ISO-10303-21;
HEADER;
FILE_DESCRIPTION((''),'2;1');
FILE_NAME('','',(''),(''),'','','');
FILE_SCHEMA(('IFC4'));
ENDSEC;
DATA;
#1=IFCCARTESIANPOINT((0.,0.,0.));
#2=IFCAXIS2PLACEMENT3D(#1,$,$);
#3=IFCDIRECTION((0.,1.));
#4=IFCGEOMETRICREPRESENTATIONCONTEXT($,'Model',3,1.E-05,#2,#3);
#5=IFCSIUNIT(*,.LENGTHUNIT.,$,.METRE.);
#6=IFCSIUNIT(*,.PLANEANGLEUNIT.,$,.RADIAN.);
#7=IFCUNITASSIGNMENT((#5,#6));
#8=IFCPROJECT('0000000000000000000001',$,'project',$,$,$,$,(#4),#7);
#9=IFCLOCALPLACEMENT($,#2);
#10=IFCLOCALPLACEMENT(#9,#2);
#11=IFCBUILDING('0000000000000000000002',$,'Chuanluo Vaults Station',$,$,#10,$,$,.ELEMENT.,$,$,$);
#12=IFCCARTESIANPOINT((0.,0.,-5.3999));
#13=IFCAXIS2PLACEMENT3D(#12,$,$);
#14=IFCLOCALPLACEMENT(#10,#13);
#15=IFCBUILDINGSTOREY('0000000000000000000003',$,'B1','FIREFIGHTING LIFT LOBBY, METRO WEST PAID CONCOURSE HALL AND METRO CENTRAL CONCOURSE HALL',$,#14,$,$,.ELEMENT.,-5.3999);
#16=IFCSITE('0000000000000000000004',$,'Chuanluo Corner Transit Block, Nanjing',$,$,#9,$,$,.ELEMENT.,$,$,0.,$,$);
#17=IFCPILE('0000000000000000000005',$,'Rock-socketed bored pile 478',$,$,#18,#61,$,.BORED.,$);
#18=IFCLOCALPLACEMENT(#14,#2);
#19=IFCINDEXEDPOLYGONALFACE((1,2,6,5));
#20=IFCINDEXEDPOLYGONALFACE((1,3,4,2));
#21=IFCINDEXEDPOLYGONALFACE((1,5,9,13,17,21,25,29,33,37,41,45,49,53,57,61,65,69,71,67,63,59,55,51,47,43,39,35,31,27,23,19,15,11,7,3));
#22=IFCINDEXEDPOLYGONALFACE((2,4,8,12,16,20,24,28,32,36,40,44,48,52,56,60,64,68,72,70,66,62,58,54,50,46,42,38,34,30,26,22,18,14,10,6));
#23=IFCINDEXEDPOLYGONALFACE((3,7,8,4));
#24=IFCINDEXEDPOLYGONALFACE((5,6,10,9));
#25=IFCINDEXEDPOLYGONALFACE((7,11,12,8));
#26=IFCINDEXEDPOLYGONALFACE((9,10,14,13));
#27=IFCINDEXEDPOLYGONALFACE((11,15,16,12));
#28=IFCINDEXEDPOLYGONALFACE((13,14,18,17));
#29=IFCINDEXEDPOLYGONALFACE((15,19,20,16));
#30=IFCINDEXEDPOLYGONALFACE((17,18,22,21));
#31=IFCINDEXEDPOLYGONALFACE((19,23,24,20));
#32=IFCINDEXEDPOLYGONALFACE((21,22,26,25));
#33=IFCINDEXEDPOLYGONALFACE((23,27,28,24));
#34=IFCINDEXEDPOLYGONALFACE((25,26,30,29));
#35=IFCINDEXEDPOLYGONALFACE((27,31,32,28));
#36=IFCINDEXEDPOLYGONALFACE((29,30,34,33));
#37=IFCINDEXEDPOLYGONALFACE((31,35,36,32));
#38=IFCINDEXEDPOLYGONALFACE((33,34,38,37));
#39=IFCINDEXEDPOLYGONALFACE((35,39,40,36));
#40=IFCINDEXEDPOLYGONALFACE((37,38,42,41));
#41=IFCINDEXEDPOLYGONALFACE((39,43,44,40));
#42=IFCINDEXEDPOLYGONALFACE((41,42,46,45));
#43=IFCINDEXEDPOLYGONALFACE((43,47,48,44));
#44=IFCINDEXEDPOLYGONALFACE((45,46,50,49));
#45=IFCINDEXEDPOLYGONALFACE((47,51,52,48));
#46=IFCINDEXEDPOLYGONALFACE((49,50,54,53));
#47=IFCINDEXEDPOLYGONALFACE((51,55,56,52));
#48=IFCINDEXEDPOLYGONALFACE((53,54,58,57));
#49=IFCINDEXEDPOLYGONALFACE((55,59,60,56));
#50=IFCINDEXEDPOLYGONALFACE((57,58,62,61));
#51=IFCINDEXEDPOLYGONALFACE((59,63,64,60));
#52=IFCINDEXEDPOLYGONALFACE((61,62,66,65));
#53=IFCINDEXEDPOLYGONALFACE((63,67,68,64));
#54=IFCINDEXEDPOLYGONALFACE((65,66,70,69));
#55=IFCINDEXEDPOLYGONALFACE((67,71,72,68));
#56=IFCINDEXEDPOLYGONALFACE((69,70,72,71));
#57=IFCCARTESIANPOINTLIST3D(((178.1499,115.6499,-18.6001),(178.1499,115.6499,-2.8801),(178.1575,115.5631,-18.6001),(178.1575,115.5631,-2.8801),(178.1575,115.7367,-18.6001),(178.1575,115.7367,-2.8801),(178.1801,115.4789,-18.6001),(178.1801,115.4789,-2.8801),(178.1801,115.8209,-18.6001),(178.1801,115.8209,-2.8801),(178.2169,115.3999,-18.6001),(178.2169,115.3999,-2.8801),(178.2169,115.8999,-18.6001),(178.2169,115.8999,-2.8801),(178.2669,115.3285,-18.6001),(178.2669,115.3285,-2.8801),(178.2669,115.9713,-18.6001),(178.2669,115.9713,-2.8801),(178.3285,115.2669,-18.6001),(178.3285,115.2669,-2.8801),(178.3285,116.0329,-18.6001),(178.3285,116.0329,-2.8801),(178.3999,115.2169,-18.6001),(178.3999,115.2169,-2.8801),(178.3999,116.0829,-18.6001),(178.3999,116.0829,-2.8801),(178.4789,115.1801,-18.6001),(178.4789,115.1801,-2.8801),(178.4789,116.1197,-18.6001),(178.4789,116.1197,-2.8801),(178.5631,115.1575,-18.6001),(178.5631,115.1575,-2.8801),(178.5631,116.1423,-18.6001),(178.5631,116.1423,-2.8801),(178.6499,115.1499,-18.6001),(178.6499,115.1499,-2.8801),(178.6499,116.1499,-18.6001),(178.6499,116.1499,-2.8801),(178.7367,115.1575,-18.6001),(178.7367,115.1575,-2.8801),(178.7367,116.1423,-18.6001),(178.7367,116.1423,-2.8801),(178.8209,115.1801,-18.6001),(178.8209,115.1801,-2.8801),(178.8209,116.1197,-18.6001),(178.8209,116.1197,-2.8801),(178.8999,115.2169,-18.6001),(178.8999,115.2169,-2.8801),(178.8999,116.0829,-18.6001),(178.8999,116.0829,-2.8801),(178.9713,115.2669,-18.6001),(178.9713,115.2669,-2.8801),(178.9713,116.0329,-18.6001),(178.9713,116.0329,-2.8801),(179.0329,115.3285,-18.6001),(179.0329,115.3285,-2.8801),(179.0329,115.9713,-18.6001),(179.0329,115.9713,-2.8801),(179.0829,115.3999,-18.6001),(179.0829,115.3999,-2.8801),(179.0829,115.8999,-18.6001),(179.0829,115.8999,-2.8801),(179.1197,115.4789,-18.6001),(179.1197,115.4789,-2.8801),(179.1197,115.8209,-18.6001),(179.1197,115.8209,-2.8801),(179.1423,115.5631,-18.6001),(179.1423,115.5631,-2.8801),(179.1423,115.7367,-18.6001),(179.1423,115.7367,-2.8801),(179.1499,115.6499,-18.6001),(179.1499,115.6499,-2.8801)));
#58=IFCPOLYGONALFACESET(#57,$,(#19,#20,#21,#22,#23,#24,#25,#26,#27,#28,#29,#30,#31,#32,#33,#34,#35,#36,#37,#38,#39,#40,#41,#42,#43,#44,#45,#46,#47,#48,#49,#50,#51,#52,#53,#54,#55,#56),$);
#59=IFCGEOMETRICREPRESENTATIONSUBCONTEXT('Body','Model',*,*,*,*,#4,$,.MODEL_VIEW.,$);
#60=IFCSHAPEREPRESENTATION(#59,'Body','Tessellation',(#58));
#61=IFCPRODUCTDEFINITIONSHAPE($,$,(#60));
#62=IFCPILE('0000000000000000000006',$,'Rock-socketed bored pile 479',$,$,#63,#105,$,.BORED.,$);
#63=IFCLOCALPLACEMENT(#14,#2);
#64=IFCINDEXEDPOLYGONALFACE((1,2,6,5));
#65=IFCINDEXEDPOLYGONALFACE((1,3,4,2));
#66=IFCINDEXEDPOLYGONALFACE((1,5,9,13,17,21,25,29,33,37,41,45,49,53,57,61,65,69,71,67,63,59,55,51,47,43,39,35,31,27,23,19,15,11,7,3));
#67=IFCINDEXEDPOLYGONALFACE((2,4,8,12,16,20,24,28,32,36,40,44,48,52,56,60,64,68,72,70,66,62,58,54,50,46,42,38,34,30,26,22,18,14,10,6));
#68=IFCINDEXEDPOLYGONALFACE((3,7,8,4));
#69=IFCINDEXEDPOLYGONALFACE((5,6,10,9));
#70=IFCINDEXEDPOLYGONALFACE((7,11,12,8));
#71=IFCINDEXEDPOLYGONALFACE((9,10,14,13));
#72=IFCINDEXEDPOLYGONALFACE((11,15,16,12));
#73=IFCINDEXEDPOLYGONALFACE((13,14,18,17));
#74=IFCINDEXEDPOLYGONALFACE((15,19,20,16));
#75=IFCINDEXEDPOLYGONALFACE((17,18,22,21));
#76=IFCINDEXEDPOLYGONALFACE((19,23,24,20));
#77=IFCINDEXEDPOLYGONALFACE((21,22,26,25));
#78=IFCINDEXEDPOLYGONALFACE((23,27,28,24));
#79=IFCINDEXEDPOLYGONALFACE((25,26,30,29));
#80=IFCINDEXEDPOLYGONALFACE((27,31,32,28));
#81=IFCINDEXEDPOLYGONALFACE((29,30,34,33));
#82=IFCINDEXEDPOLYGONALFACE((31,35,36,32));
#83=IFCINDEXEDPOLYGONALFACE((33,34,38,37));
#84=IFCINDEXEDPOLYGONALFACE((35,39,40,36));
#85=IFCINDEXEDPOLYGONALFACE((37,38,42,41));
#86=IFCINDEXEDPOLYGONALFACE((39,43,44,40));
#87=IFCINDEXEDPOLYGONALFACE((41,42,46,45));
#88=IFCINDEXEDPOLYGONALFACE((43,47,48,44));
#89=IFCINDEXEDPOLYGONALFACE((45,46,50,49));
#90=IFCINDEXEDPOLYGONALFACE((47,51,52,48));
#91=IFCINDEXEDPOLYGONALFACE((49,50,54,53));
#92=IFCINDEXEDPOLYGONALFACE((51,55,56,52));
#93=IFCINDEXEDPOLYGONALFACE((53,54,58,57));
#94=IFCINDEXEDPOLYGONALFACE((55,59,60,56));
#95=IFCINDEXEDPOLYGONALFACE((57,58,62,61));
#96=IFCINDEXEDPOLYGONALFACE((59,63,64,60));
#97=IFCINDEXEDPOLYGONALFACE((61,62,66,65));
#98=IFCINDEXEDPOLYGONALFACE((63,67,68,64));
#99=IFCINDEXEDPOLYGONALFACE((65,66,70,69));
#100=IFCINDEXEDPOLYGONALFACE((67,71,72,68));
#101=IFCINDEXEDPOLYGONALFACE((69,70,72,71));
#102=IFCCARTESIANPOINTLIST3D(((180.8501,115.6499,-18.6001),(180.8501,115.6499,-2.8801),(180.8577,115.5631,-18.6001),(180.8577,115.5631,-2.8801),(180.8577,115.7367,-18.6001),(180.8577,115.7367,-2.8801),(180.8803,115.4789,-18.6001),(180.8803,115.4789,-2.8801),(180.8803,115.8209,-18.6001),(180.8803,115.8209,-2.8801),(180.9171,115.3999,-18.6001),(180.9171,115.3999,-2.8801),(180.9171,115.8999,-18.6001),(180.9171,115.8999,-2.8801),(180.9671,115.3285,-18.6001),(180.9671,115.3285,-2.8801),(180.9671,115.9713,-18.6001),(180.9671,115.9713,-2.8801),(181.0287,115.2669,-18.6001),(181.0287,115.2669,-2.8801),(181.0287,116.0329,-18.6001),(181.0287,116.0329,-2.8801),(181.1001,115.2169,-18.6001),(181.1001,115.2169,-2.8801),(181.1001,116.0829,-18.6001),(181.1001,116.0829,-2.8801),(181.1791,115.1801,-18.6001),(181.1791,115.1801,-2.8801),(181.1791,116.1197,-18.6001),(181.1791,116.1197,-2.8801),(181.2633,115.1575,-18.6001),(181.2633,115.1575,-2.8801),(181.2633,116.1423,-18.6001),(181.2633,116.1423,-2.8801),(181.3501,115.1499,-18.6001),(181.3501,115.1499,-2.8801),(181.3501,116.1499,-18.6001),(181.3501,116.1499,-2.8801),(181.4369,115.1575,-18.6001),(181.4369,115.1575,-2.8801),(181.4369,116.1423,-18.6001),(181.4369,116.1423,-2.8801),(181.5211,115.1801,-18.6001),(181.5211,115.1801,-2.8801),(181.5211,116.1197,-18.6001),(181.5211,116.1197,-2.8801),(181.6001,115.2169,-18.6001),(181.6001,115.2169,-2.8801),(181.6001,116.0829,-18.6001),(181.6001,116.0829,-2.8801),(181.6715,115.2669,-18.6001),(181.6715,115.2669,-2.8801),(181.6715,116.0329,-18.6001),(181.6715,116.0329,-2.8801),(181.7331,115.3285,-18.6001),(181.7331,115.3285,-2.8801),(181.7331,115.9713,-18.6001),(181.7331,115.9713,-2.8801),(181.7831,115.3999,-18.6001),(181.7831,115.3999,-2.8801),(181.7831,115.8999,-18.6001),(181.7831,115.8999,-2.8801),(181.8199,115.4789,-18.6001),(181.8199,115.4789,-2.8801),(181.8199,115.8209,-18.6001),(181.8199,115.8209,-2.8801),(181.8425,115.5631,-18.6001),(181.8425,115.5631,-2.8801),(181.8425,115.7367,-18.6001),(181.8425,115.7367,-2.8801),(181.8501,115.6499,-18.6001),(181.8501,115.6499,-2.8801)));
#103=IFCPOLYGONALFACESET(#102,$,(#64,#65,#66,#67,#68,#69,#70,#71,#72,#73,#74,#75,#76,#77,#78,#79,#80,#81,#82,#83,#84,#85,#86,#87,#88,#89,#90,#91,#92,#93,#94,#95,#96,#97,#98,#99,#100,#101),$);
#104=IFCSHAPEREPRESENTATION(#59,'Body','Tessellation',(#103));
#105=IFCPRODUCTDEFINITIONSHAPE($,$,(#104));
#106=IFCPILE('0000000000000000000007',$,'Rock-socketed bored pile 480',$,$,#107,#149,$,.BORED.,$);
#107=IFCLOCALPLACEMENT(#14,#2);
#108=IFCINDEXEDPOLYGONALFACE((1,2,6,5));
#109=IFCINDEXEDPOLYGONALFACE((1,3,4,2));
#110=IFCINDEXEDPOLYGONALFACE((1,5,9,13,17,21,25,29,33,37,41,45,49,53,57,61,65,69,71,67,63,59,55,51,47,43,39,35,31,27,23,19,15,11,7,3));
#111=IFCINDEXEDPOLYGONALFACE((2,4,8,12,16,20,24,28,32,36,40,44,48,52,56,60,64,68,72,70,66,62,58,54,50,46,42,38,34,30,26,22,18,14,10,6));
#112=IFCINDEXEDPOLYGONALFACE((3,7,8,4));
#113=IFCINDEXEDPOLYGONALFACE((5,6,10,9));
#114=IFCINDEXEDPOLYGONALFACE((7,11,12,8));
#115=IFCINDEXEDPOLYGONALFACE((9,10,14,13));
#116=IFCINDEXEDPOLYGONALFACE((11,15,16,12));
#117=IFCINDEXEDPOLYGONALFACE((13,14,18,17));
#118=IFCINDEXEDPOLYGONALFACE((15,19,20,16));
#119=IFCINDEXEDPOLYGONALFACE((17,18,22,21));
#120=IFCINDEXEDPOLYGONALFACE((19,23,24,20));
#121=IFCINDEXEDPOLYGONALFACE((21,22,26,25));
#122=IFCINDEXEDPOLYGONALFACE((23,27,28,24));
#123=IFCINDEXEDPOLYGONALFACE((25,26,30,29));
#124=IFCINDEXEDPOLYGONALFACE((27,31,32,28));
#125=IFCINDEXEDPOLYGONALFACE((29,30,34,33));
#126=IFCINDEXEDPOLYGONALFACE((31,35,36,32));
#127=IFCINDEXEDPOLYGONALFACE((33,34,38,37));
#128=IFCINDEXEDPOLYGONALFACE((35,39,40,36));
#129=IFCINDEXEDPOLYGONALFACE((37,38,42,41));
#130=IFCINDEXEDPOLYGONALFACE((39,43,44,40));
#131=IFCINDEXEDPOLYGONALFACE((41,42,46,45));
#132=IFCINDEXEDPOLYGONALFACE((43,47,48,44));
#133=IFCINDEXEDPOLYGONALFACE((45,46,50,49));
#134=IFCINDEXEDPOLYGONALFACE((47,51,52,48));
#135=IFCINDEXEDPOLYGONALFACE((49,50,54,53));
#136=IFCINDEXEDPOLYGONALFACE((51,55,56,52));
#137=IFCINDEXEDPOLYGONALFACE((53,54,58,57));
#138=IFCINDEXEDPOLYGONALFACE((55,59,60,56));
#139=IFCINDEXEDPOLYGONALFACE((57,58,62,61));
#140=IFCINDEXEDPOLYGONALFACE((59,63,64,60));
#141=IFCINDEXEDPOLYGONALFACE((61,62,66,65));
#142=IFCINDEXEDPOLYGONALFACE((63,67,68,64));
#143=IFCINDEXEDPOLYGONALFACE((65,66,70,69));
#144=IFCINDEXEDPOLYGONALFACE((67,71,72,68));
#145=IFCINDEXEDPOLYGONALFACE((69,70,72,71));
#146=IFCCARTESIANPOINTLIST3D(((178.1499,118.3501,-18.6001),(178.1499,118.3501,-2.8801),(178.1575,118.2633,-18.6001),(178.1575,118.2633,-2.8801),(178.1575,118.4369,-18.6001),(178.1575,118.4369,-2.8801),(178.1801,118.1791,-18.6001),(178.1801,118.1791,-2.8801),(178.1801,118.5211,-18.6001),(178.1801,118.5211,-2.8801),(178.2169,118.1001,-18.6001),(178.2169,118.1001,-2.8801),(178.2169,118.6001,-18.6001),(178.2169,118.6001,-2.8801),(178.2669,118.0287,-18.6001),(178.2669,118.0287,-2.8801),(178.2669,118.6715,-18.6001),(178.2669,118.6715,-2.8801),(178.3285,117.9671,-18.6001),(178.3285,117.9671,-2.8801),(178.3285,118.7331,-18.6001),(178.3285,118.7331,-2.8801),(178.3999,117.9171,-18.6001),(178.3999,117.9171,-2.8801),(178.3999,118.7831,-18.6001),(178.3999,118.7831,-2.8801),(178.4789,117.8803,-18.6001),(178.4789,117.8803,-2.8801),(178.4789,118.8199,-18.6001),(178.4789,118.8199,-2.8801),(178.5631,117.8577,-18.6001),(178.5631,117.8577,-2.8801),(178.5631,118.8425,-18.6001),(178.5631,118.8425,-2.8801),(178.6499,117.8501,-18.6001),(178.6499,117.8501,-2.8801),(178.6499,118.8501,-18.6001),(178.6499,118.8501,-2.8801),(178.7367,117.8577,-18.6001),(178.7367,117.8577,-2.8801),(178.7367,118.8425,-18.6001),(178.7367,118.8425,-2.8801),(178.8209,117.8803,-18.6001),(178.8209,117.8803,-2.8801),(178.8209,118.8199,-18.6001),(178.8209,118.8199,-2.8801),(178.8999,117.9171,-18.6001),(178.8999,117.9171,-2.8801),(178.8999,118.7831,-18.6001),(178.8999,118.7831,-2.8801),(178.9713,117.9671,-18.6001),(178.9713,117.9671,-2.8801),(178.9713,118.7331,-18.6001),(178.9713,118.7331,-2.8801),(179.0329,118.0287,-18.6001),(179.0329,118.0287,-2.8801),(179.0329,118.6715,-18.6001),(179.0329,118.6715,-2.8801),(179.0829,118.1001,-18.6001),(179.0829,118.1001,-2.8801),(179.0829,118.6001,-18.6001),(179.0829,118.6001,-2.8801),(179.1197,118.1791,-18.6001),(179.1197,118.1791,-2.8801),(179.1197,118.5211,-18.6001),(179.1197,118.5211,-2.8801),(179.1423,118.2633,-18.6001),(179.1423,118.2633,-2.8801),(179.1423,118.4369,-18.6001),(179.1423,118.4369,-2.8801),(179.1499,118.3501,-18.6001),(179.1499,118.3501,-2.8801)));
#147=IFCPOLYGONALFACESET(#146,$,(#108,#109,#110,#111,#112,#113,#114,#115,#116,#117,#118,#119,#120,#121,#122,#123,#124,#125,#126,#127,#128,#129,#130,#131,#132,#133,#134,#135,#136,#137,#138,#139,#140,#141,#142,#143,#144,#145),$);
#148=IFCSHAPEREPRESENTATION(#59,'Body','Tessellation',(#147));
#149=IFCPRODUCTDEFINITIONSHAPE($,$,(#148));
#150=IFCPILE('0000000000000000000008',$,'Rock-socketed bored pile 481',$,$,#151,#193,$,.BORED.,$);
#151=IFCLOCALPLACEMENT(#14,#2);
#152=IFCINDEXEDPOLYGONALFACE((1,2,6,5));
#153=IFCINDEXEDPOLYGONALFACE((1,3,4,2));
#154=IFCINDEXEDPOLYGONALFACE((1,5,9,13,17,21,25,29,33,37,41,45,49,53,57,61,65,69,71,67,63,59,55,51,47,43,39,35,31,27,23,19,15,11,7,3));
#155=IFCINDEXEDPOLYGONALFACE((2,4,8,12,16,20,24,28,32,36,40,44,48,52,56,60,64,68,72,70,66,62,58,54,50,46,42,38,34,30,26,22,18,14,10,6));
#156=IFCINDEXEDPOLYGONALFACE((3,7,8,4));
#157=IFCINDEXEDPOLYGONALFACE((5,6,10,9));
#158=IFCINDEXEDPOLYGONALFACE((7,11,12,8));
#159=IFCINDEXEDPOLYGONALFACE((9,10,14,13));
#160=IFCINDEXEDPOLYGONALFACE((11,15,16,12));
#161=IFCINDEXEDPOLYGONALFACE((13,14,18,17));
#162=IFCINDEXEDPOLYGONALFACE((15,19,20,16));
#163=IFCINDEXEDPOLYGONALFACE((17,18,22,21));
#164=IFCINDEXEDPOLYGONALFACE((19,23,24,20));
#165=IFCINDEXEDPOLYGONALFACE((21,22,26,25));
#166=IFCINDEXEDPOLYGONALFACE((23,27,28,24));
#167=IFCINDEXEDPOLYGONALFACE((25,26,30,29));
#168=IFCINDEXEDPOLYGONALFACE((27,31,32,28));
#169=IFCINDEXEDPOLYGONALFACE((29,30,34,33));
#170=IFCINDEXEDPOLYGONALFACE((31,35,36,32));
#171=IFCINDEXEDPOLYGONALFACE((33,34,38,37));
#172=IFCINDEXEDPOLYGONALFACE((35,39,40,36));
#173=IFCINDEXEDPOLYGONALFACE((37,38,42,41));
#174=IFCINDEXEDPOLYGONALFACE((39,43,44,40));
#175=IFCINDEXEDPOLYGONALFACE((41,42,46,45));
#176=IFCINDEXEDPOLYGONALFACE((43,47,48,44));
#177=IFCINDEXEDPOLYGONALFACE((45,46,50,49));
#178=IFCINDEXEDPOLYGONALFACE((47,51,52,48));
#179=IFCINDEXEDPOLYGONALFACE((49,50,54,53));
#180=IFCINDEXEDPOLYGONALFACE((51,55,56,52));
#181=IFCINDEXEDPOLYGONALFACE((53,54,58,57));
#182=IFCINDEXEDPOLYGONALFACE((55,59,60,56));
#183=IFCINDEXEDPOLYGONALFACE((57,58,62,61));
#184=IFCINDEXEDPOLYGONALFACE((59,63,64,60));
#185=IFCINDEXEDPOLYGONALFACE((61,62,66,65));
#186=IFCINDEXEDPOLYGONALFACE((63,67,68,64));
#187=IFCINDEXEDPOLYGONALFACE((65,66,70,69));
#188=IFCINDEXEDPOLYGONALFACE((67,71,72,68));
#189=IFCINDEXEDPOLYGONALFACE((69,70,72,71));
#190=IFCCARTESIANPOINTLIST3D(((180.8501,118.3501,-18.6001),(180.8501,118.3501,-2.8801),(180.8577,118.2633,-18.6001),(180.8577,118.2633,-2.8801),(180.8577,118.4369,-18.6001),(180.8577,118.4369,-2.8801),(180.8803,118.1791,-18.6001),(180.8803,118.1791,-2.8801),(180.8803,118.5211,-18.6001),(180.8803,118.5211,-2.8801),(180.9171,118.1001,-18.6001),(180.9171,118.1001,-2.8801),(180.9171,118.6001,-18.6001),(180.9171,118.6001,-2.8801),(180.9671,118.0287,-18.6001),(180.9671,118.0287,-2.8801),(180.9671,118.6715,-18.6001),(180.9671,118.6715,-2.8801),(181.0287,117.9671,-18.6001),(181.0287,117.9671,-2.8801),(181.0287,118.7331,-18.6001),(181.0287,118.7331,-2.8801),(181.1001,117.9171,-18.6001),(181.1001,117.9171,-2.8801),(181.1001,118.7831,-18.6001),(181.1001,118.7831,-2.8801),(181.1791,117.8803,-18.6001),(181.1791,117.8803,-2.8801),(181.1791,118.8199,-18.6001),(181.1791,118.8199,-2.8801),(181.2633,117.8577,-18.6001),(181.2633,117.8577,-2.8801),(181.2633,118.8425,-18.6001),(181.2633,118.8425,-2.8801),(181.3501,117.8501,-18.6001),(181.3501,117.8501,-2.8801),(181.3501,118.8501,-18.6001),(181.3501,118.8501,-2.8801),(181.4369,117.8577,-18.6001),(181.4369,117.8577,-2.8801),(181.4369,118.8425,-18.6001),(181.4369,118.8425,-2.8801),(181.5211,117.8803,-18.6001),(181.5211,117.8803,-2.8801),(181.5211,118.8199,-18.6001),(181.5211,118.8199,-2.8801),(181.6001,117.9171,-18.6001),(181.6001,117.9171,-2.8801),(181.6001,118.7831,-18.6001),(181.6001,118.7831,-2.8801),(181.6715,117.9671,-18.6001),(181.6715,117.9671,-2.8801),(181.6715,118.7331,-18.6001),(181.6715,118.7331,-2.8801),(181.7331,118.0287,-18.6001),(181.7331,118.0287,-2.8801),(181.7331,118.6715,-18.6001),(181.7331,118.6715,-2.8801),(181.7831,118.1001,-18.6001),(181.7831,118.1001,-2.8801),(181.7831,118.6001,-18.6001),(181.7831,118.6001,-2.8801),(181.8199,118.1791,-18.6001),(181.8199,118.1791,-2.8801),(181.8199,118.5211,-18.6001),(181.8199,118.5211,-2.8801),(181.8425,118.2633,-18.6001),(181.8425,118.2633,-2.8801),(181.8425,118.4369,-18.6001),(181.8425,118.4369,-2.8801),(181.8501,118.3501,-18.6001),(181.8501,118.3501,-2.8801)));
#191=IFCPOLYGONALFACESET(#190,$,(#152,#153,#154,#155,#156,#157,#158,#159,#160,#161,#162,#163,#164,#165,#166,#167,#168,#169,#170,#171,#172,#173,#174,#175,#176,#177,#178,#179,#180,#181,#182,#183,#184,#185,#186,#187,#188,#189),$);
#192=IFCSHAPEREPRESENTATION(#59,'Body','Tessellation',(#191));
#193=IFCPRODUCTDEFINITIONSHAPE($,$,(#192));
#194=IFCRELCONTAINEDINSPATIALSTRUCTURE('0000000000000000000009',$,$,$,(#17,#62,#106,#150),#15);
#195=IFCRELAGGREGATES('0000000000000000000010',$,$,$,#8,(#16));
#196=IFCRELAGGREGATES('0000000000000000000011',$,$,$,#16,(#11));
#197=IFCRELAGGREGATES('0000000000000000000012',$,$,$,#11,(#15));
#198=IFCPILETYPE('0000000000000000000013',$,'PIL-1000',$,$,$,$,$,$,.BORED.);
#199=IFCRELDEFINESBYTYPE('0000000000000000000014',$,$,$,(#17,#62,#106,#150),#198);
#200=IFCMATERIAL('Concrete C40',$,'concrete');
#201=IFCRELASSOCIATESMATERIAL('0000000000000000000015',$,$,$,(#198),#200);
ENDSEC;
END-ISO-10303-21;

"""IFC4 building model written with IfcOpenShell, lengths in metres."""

from ifc_helpers import new_model, si_unit, direction, frame, origin, origin_2d, place, context, subcontext, project, spatial, circle, extrude, material, material_profile, profile_set, type_object, element, save


model = new_model("IFC4")

# Units and contexts
model_context = context("Model", 3, precision=1e-05, world=origin(), true_north=direction((0.0, 1.0)))
body_context = subcontext(model_context, "Body", "Model", "MODEL_VIEW")
ifc_project = project(units=[si_unit("LENGTHUNIT", "METRE"), si_unit("PLANEANGLEUNIT", "RADIAN")], contexts=[model_context])

# Site, building, storey
site_placement = place(None, origin())
site = spatial("IfcSite", under=ifc_project, at=site_placement, Name="Chuanluo Corner Transit Block, Nanjing", CompositionType="ELEMENT", RefElevation=0.0)
building_placement = place(site_placement, origin())
building = spatial("IfcBuilding", under=site, at=building_placement, Name="Chuanluo Vaults Station", CompositionType="ELEMENT")
storey_placement = place(building_placement, frame((0.0, 0.0, -5.3999)))
storey = spatial("IfcBuildingStorey", under=building, at=storey_placement, Name="B1", Description="FIREFIGHTING LIFT LOBBY, METRO WEST PAID CONCOURSE HALL AND METRO CENTRAL CONCOURSE HALL", CompositionType="ELEMENT", Elevation=-5.3999)

# Piles
ifc_material_1 = material(Name="Concrete C40", Category="concrete")
ifc_material_profile_1 = material_profile(ifc_material_1, circle(Radius=0.5, at=origin_2d()))
ifc_profile_set_1 = profile_set([ifc_material_profile_1], Name="Concrete C40")
pile_type_1 = type_object("IfcPileType", Name="PIL-1000", PredefinedType="BORED", material=ifc_profile_set_1)
for number, where, z_axis, x_axis, name in (
    (1, (178.6499, 115.6499, -2.8801), (0.0, 0.0, -1.0), (1.0, 0.0, 0.0), "Rock-socketed bored pile 478"),
    (2, (181.3501, 115.6499, -2.8801), (0.0, 0.0, -1.0), (1.0, 0.0, 0.0), "Rock-socketed bored pile 479"),
    (3, (178.6499, 118.3501, -2.8801), (0.0, 0.0, -1.0), (1.0, 0.0, 0.0), "Rock-socketed bored pile 480"),
    (4, (181.3501, 118.3501, -2.8801), (0.0, 0.0, -1.0), (1.0, 0.0, 0.0), "Rock-socketed bored pile 481"),
):
    element("IfcPile", number, at=place(storey_placement, frame(where, z_axis=z_axis, x_axis=x_axis)), inside=storey, type_object=pile_type_1, Name=name, PredefinedType="BORED", context=body_context, shape_type="SweptSolid", body=[
        extrude(circle(Radius=0.5, at=origin_2d()), origin(), (0.0, 0.0, 1.0), 15.72),
    ])

save(model, "model.ifc")
